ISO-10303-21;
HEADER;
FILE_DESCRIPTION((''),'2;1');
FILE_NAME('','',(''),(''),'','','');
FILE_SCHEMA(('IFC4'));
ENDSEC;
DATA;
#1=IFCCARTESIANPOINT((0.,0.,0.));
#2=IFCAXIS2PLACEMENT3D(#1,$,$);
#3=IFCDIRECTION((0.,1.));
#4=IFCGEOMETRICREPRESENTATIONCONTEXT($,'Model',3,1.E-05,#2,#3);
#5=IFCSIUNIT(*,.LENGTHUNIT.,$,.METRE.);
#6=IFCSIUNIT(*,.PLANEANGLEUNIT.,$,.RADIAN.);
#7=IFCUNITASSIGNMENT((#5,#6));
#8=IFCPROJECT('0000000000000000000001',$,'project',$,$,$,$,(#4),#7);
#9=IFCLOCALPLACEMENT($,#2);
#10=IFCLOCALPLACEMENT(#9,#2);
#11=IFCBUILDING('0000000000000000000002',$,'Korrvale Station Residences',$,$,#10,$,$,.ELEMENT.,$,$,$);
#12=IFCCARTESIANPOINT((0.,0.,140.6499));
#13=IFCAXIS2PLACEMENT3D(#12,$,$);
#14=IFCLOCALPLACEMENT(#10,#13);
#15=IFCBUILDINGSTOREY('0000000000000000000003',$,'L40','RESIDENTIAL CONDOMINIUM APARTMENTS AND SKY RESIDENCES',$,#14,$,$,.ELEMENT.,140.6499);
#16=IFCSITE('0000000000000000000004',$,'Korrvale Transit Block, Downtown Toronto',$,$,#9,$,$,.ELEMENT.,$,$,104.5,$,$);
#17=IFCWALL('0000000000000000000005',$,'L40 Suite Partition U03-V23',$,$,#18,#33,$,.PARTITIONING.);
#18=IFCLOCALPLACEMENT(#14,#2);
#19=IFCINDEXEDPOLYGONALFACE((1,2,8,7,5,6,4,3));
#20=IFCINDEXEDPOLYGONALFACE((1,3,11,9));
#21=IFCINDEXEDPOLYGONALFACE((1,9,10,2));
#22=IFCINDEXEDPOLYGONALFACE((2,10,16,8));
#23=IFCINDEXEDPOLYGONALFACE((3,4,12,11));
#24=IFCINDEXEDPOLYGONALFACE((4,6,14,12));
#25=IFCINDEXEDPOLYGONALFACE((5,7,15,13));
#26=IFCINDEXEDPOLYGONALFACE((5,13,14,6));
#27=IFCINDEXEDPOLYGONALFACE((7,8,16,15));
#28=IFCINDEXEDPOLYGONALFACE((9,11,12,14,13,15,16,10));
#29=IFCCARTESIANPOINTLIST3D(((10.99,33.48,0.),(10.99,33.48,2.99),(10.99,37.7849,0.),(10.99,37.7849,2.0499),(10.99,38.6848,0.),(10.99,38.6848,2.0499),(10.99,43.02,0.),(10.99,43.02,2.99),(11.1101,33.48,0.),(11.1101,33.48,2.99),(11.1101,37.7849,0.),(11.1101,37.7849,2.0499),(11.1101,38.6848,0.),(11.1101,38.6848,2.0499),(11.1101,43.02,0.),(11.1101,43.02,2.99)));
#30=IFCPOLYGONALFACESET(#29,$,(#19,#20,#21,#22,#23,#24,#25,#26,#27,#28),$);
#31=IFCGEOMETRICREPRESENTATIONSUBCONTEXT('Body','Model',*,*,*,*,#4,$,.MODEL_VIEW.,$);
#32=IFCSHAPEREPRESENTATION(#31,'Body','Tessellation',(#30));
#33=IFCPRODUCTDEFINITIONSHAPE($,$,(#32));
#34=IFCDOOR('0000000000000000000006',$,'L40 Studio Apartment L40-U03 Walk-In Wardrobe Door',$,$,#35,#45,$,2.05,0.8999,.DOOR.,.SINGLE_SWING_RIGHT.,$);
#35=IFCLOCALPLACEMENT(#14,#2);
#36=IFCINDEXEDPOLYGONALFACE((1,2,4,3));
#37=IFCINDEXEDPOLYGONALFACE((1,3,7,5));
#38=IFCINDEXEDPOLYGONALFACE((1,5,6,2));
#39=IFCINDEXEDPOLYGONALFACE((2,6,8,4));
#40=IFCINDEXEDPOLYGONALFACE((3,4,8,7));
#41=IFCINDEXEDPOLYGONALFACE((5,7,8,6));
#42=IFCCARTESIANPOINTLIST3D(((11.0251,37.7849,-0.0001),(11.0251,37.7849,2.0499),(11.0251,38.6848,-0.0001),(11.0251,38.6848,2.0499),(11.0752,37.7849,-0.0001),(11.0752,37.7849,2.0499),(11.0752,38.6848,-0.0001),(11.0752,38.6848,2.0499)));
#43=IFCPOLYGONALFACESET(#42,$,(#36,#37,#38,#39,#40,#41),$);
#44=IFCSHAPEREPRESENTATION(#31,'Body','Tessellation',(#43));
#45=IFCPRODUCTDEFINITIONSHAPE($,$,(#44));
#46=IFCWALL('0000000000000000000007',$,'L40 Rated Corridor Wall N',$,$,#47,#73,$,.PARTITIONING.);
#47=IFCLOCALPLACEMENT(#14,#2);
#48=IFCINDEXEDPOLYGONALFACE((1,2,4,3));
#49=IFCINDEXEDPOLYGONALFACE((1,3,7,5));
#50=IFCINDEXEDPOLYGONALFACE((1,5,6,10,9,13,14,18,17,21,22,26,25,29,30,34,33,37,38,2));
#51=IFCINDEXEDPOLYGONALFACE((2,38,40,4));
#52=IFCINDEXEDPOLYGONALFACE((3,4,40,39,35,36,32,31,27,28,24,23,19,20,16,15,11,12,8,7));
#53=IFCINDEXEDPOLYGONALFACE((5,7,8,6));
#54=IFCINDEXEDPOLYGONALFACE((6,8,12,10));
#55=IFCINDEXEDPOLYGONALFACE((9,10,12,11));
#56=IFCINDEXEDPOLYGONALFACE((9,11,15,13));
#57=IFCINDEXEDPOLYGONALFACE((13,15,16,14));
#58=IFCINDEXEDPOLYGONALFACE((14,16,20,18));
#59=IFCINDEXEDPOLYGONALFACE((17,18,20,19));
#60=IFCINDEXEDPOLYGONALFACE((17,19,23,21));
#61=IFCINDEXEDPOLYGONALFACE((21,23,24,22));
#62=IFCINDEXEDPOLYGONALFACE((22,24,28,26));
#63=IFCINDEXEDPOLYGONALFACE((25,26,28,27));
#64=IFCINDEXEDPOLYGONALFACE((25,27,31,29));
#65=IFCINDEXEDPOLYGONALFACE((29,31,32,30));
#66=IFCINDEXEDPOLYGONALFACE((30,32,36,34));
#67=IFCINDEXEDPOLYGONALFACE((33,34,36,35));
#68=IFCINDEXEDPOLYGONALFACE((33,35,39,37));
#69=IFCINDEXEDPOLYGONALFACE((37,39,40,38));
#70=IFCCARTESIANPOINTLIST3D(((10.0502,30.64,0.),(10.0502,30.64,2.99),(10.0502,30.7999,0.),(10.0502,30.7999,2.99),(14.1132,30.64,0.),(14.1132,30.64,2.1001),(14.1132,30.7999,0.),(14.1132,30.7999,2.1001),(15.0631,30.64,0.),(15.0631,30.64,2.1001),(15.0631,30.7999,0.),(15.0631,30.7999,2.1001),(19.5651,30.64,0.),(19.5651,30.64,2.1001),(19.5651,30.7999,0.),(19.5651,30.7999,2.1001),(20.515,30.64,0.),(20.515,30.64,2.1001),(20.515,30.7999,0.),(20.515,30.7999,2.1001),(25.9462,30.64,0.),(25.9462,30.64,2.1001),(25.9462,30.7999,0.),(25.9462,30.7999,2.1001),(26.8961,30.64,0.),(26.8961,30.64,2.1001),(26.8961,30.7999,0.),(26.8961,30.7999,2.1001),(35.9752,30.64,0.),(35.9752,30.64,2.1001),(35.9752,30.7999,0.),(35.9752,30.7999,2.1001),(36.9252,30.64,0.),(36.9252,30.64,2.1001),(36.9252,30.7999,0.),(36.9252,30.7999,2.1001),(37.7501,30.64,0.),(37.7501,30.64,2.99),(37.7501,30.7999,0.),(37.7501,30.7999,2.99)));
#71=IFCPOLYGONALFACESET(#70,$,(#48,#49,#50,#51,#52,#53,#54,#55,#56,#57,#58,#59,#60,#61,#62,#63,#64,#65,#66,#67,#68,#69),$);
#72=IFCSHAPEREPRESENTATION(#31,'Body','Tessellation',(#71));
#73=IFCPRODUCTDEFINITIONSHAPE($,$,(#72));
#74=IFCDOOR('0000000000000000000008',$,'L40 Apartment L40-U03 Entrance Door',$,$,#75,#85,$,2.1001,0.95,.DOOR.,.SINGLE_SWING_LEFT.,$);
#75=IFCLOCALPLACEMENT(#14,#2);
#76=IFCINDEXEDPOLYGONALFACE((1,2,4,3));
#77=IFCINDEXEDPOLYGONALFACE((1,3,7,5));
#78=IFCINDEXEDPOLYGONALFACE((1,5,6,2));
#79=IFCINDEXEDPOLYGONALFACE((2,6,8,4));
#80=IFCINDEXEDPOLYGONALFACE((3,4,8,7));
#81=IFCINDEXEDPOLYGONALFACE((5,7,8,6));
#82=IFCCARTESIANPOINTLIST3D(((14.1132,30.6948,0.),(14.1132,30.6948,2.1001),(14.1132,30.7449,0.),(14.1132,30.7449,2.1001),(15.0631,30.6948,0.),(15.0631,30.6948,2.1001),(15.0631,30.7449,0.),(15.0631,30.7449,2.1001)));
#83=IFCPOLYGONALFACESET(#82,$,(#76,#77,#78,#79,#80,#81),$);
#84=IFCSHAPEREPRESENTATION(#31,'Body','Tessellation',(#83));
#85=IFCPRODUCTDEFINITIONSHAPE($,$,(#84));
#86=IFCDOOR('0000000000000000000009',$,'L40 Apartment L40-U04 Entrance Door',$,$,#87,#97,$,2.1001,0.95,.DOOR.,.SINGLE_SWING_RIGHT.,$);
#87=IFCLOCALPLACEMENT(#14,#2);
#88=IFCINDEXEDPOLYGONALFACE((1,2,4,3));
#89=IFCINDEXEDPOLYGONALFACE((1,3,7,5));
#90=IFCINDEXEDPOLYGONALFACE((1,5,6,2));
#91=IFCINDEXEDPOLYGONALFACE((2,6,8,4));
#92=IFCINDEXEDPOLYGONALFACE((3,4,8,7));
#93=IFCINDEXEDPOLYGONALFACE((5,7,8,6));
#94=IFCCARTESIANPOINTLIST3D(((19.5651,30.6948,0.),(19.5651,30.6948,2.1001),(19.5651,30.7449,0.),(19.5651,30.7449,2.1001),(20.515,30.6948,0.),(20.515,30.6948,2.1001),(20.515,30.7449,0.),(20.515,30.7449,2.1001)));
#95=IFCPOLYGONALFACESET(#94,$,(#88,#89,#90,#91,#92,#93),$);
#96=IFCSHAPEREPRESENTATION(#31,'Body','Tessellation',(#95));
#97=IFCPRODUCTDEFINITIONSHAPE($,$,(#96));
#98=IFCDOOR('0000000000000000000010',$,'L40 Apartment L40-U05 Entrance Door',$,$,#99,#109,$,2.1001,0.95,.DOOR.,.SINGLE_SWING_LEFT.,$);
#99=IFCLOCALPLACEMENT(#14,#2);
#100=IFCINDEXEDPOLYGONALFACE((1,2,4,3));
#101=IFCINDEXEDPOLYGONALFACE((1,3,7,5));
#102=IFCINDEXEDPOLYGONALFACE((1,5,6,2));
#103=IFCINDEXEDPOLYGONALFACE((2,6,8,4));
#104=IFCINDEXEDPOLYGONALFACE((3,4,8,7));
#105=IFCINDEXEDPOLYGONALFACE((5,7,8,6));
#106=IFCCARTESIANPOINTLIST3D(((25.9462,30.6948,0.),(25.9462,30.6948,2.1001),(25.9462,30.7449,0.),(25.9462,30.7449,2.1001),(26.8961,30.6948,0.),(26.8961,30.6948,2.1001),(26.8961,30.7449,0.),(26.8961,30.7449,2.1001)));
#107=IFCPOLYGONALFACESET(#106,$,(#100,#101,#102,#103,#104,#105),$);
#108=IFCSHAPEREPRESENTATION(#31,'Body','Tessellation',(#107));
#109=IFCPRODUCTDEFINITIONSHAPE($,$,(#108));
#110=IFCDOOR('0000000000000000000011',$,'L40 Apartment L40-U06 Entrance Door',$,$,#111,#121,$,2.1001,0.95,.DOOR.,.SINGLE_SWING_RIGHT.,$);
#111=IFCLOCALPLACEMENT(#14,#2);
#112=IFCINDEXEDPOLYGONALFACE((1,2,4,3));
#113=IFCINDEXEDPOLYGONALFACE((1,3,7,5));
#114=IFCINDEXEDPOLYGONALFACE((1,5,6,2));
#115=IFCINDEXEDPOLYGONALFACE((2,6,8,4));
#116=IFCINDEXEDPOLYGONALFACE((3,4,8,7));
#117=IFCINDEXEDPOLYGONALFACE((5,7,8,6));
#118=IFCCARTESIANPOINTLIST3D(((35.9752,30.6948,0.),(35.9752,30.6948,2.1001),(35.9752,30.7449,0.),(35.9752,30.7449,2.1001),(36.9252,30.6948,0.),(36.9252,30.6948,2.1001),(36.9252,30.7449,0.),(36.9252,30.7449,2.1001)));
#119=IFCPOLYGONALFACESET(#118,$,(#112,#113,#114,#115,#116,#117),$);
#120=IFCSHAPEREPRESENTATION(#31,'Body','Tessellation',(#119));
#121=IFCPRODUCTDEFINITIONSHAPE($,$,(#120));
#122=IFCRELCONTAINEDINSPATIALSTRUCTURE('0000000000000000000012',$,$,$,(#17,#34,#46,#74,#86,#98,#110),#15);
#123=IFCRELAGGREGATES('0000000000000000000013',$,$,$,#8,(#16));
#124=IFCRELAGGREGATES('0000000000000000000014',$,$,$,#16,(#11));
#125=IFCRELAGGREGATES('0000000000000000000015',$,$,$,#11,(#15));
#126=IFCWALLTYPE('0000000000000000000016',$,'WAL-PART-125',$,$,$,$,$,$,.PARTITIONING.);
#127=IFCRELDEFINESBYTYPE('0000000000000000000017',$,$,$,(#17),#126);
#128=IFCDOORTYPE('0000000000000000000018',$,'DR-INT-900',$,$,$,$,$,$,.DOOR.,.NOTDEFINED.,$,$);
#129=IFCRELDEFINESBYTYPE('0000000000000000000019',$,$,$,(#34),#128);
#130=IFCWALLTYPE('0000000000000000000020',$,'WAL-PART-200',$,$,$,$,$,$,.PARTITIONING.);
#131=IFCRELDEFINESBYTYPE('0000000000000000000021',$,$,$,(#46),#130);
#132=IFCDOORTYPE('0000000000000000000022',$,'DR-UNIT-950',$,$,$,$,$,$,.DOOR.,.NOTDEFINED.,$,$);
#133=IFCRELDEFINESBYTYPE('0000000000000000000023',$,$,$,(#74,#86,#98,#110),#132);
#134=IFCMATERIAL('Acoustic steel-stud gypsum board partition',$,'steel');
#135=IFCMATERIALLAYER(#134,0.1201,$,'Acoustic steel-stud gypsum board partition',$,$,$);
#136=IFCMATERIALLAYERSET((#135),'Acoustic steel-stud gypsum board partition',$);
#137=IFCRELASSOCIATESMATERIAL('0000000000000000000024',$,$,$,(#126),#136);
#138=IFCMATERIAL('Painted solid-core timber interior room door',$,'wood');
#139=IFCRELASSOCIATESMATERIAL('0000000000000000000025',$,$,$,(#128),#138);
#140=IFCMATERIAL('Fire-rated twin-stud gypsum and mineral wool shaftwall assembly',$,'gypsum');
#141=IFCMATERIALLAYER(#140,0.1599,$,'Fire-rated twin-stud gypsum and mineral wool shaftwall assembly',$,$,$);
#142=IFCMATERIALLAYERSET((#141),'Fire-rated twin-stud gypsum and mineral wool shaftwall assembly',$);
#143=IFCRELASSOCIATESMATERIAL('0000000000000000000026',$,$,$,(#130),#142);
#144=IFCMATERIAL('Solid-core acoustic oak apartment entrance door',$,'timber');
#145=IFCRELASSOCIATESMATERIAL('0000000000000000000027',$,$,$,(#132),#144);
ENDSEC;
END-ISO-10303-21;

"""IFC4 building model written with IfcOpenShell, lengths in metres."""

from ifc_helpers import new_model, si_unit, direction, frame, frame_2d, origin, place, context, subcontext, project, spatial, rectangle, extrude, material, layer, layer_set, type_object, element, fill, save


model = new_model("IFC4")

# Units and contexts
model_context = context("Model", 3, precision=1e-05, world=origin(), true_north=direction((0.0, 1.0)))
body_context = subcontext(model_context, "Body", "Model", "MODEL_VIEW")
ifc_project = project(units=[si_unit("LENGTHUNIT", "METRE"), si_unit("PLANEANGLEUNIT", "RADIAN")], contexts=[model_context])

# Site, building, storey
site_placement = place(None, origin())
site = spatial("IfcSite", under=ifc_project, at=site_placement, Name="Korrvale Transit Block, Downtown Toronto", CompositionType="ELEMENT", RefElevation=104.5)
building_placement = place(site_placement, origin())
building = spatial("IfcBuilding", under=site, at=building_placement, Name="Korrvale Station Residences", CompositionType="ELEMENT")
storey_placement = place(building_placement, frame((0.0, 0.0, 140.6499)))
storey = spatial("IfcBuildingStorey", under=building, at=storey_placement, Name="L40", Description="RESIDENTIAL CONDOMINIUM APARTMENTS AND SKY RESIDENCES", CompositionType="ELEMENT", Elevation=140.6499)

# Shared definitions
ifc_material_1 = material(Name="Acoustic steel-stud gypsum board partition", Category="steel")
ifc_layer_1 = layer(ifc_material_1, 0.1201, Name="Acoustic steel-stud gypsum board partition")
ifc_layer_set_1 = layer_set([ifc_layer_1], Name="Acoustic steel-stud gypsum board partition")
wall_type_1 = type_object("IfcWallType", Name="WAL-PART-125", PredefinedType="PARTITIONING", material=ifc_layer_set_1)

# Wall, opening, door
ifc_material_2 = material(Name="Painted solid-core timber interior room door", Category="wood")
door_type_1 = type_object("IfcDoorType", Name="DR-INT-900", OperationType="NOTDEFINED", PredefinedType="DOOR", material=ifc_material_2)
wall_1_placement = place(storey_placement, frame((11.05, 33.48, 0.0), z_axis=(0.0, 0.0, 1.0), x_axis=(0.0, 1.0, 0.0)))
wall_1 = element("IfcWall", 1, at=wall_1_placement, inside=storey, type_object=wall_type_1, Name="L40 Suite Partition U03-V23", PredefinedType="PARTITIONING", context=body_context, shape_type="SweptSolid", body=[
    extrude(rectangle(XDim=9.54, YDim=0.1201, at=frame_2d((4.77, 0.0))), origin(), (0.0, 0.0, 1.0), 2.99),
])
opening_1_placement = place(wall_1_placement, frame((4.3049, 0.0, 0.0)))
opening_1 = element("IfcOpeningElement", 2, at=opening_1_placement, cuts=wall_1, PredefinedType="OPENING", context=body_context, shape_type="SweptSolid", body=[
    extrude(rectangle(XDim=0.8999, YDim=2.05, at=frame_2d((0.45, 1.0249))), frame((0.0, 0.0701, 0.0), z_axis=(0.0, -1.0, 0.0), x_axis=(1.0, 0.0, 0.0)), (0.0, 0.0, 1.0), 0.1401),
])
door_1_placement = place(opening_1_placement, origin())
door_1 = element("IfcDoor", 3, at=door_1_placement, inside=storey, type_object=door_type_1, Name="L40 Studio Apartment L40-U03 Walk-In Wardrobe Door", OperationType="SINGLE_SWING_RIGHT", OverallHeight=2.05, OverallWidth=0.8999, PredefinedType="DOOR", context=body_context, shape_type="SweptSolid", body=[
    extrude(rectangle(XDim=0.8999, YDim=2.05, at=frame_2d((0.45, 1.0249))), frame((0.0, 0.0249, 0.0), z_axis=(0.0, -1.0, 0.0), x_axis=(1.0, 0.0, 0.0)), (0.0, 0.0, 1.0), 0.05),
])
fill(opening_1, door_1)

# Wall, openings, doors
ifc_material_3 = material(Name="Fire-rated twin-stud gypsum and mineral wool shaftwall assembly", Category="gypsum")
ifc_layer_2 = layer(ifc_material_3, 0.1599, Name="Fire-rated twin-stud gypsum and mineral wool shaftwall assembly")
ifc_layer_set_2 = layer_set([ifc_layer_2], Name="Fire-rated twin-stud gypsum and mineral wool shaftwall assembly")
wall_type_2 = type_object("IfcWallType", Name="WAL-PART-200", PredefinedType="PARTITIONING", material=ifc_layer_set_2)
wall_2_placement = place(storey_placement, frame((10.05, 30.72, 0.0), z_axis=(0.0, 0.0, 1.0), x_axis=(1.0, 0.0, 0.0)))
wall_2 = element("IfcWall", 4, at=wall_2_placement, inside=storey, type_object=wall_type_2, Name="L40 Rated Corridor Wall N", PredefinedType="PARTITIONING", context=body_context, shape_type="SweptSolid", body=[
    extrude(rectangle(XDim=27.7, YDim=0.1599, at=frame_2d((13.8501, 0.0))), origin(), (0.0, 0.0, 1.0), 2.99),
])
opening_2_placement = place(wall_2_placement, frame((4.063, 0.0, 0.0)))
opening_2 = element("IfcOpeningElement", 5, at=opening_2_placement, cuts=wall_2, PredefinedType="OPENING", context=body_context, shape_type="SweptSolid", body=[
    extrude(rectangle(XDim=0.95, YDim=2.1001, at=frame_2d((0.4751, 1.05))), frame((0.0, 0.0898, 0.0), z_axis=(0.0, -1.0, 0.0), x_axis=(1.0, 0.0, 0.0)), (0.0, 0.0, 1.0), 0.1799),
])
opening_3_placement = place(wall_2_placement, frame((9.5149, 0.0, 0.0)))
opening_3 = element("IfcOpeningElement", 6, at=opening_3_placement, cuts=wall_2, PredefinedType="OPENING", context=body_context, shape_type="SweptSolid", body=[
    extrude(rectangle(XDim=0.95, YDim=2.1001, at=frame_2d((0.4751, 1.05))), frame((0.0, 0.0898, 0.0), z_axis=(0.0, -1.0, 0.0), x_axis=(1.0, 0.0, 0.0)), (0.0, 0.0, 1.0), 0.1799),
])
opening_4_placement = place(wall_2_placement, frame((15.896, 0.0, 0.0)))
opening_4 = element("IfcOpeningElement", 7, at=opening_4_placement, cuts=wall_2, PredefinedType="OPENING", context=body_context, shape_type="SweptSolid", body=[
    extrude(rectangle(XDim=0.95, YDim=2.1001, at=frame_2d((0.4751, 1.05))), frame((0.0, 0.0898, 0.0), z_axis=(0.0, -1.0, 0.0), x_axis=(1.0, 0.0, 0.0)), (0.0, 0.0, 1.0), 0.1799),
])
opening_5_placement = place(wall_2_placement, frame((25.925, 0.0, 0.0)))
opening_5 = element("IfcOpeningElement", 8, at=opening_5_placement, cuts=wall_2, PredefinedType="OPENING", context=body_context, shape_type="SweptSolid", body=[
    extrude(rectangle(XDim=0.95, YDim=2.1001, at=frame_2d((0.4751, 1.05))), frame((0.0, 0.0898, 0.0), z_axis=(0.0, -1.0, 0.0), x_axis=(1.0, 0.0, 0.0)), (0.0, 0.0, 1.0), 0.1799),
])
ifc_material_4 = material(Name="Solid-core acoustic oak apartment entrance door", Category="timber")
door_type_2 = type_object("IfcDoorType", Name="DR-UNIT-950", OperationType="NOTDEFINED", PredefinedType="DOOR", material=ifc_material_4)
door_2_placement = place(opening_2_placement, origin())
door_2 = element("IfcDoor", 9, at=door_2_placement, inside=storey, type_object=door_type_2, Name="L40 Apartment L40-U03 Entrance Door", OperationType="SINGLE_SWING_LEFT", OverallHeight=2.1001, OverallWidth=0.95, PredefinedType="DOOR", context=body_context, shape_type="SweptSolid", body=[
    extrude(rectangle(XDim=0.95, YDim=2.1001, at=frame_2d((0.4751, 1.05))), frame((0.0, 0.0249, 0.0), z_axis=(0.0, -1.0, 0.0), x_axis=(1.0, 0.0, 0.0)), (0.0, 0.0, 1.0), 0.05),
])
fill(opening_2, door_2)
door_3_placement = place(opening_3_placement, origin())
door_3 = element("IfcDoor", 10, at=door_3_placement, inside=storey, type_object=door_type_2, Name="L40 Apartment L40-U04 Entrance Door", OperationType="SINGLE_SWING_RIGHT", OverallHeight=2.1001, OverallWidth=0.95, PredefinedType="DOOR", context=body_context, shape_type="SweptSolid", body=[
    extrude(rectangle(XDim=0.95, YDim=2.1001, at=frame_2d((0.4751, 1.05))), frame((0.0, 0.0249, 0.0), z_axis=(0.0, -1.0, 0.0), x_axis=(1.0, 0.0, 0.0)), (0.0, 0.0, 1.0), 0.05),
])
fill(opening_3, door_3)
door_4_placement = place(opening_4_placement, origin())
door_4 = element("IfcDoor", 11, at=door_4_placement, inside=storey, type_object=door_type_2, Name="L40 Apartment L40-U05 Entrance Door", OperationType="SINGLE_SWING_LEFT", OverallHeight=2.1001, OverallWidth=0.95, PredefinedType="DOOR", context=body_context, shape_type="SweptSolid", body=[
    extrude(rectangle(XDim=0.95, YDim=2.1001, at=frame_2d((0.4751, 1.05))), frame((0.0, 0.0249, 0.0), z_axis=(0.0, -1.0, 0.0), x_axis=(1.0, 0.0, 0.0)), (0.0, 0.0, 1.0), 0.05),
])
fill(opening_4, door_4)
door_5_placement = place(opening_5_placement, origin())
door_5 = element("IfcDoor", 12, at=door_5_placement, inside=storey, type_object=door_type_2, Name="L40 Apartment L40-U06 Entrance Door", OperationType="SINGLE_SWING_RIGHT", OverallHeight=2.1001, OverallWidth=0.95, PredefinedType="DOOR", context=body_context, shape_type="SweptSolid", body=[
    extrude(rectangle(XDim=0.95, YDim=2.1001, at=frame_2d((0.4751, 1.05))), frame((0.0, 0.0249, 0.0), z_axis=(0.0, -1.0, 0.0), x_axis=(1.0, 0.0, 0.0)), (0.0, 0.0, 1.0), 0.05),
])
fill(opening_5, door_5)

save(model, "model.ifc")
